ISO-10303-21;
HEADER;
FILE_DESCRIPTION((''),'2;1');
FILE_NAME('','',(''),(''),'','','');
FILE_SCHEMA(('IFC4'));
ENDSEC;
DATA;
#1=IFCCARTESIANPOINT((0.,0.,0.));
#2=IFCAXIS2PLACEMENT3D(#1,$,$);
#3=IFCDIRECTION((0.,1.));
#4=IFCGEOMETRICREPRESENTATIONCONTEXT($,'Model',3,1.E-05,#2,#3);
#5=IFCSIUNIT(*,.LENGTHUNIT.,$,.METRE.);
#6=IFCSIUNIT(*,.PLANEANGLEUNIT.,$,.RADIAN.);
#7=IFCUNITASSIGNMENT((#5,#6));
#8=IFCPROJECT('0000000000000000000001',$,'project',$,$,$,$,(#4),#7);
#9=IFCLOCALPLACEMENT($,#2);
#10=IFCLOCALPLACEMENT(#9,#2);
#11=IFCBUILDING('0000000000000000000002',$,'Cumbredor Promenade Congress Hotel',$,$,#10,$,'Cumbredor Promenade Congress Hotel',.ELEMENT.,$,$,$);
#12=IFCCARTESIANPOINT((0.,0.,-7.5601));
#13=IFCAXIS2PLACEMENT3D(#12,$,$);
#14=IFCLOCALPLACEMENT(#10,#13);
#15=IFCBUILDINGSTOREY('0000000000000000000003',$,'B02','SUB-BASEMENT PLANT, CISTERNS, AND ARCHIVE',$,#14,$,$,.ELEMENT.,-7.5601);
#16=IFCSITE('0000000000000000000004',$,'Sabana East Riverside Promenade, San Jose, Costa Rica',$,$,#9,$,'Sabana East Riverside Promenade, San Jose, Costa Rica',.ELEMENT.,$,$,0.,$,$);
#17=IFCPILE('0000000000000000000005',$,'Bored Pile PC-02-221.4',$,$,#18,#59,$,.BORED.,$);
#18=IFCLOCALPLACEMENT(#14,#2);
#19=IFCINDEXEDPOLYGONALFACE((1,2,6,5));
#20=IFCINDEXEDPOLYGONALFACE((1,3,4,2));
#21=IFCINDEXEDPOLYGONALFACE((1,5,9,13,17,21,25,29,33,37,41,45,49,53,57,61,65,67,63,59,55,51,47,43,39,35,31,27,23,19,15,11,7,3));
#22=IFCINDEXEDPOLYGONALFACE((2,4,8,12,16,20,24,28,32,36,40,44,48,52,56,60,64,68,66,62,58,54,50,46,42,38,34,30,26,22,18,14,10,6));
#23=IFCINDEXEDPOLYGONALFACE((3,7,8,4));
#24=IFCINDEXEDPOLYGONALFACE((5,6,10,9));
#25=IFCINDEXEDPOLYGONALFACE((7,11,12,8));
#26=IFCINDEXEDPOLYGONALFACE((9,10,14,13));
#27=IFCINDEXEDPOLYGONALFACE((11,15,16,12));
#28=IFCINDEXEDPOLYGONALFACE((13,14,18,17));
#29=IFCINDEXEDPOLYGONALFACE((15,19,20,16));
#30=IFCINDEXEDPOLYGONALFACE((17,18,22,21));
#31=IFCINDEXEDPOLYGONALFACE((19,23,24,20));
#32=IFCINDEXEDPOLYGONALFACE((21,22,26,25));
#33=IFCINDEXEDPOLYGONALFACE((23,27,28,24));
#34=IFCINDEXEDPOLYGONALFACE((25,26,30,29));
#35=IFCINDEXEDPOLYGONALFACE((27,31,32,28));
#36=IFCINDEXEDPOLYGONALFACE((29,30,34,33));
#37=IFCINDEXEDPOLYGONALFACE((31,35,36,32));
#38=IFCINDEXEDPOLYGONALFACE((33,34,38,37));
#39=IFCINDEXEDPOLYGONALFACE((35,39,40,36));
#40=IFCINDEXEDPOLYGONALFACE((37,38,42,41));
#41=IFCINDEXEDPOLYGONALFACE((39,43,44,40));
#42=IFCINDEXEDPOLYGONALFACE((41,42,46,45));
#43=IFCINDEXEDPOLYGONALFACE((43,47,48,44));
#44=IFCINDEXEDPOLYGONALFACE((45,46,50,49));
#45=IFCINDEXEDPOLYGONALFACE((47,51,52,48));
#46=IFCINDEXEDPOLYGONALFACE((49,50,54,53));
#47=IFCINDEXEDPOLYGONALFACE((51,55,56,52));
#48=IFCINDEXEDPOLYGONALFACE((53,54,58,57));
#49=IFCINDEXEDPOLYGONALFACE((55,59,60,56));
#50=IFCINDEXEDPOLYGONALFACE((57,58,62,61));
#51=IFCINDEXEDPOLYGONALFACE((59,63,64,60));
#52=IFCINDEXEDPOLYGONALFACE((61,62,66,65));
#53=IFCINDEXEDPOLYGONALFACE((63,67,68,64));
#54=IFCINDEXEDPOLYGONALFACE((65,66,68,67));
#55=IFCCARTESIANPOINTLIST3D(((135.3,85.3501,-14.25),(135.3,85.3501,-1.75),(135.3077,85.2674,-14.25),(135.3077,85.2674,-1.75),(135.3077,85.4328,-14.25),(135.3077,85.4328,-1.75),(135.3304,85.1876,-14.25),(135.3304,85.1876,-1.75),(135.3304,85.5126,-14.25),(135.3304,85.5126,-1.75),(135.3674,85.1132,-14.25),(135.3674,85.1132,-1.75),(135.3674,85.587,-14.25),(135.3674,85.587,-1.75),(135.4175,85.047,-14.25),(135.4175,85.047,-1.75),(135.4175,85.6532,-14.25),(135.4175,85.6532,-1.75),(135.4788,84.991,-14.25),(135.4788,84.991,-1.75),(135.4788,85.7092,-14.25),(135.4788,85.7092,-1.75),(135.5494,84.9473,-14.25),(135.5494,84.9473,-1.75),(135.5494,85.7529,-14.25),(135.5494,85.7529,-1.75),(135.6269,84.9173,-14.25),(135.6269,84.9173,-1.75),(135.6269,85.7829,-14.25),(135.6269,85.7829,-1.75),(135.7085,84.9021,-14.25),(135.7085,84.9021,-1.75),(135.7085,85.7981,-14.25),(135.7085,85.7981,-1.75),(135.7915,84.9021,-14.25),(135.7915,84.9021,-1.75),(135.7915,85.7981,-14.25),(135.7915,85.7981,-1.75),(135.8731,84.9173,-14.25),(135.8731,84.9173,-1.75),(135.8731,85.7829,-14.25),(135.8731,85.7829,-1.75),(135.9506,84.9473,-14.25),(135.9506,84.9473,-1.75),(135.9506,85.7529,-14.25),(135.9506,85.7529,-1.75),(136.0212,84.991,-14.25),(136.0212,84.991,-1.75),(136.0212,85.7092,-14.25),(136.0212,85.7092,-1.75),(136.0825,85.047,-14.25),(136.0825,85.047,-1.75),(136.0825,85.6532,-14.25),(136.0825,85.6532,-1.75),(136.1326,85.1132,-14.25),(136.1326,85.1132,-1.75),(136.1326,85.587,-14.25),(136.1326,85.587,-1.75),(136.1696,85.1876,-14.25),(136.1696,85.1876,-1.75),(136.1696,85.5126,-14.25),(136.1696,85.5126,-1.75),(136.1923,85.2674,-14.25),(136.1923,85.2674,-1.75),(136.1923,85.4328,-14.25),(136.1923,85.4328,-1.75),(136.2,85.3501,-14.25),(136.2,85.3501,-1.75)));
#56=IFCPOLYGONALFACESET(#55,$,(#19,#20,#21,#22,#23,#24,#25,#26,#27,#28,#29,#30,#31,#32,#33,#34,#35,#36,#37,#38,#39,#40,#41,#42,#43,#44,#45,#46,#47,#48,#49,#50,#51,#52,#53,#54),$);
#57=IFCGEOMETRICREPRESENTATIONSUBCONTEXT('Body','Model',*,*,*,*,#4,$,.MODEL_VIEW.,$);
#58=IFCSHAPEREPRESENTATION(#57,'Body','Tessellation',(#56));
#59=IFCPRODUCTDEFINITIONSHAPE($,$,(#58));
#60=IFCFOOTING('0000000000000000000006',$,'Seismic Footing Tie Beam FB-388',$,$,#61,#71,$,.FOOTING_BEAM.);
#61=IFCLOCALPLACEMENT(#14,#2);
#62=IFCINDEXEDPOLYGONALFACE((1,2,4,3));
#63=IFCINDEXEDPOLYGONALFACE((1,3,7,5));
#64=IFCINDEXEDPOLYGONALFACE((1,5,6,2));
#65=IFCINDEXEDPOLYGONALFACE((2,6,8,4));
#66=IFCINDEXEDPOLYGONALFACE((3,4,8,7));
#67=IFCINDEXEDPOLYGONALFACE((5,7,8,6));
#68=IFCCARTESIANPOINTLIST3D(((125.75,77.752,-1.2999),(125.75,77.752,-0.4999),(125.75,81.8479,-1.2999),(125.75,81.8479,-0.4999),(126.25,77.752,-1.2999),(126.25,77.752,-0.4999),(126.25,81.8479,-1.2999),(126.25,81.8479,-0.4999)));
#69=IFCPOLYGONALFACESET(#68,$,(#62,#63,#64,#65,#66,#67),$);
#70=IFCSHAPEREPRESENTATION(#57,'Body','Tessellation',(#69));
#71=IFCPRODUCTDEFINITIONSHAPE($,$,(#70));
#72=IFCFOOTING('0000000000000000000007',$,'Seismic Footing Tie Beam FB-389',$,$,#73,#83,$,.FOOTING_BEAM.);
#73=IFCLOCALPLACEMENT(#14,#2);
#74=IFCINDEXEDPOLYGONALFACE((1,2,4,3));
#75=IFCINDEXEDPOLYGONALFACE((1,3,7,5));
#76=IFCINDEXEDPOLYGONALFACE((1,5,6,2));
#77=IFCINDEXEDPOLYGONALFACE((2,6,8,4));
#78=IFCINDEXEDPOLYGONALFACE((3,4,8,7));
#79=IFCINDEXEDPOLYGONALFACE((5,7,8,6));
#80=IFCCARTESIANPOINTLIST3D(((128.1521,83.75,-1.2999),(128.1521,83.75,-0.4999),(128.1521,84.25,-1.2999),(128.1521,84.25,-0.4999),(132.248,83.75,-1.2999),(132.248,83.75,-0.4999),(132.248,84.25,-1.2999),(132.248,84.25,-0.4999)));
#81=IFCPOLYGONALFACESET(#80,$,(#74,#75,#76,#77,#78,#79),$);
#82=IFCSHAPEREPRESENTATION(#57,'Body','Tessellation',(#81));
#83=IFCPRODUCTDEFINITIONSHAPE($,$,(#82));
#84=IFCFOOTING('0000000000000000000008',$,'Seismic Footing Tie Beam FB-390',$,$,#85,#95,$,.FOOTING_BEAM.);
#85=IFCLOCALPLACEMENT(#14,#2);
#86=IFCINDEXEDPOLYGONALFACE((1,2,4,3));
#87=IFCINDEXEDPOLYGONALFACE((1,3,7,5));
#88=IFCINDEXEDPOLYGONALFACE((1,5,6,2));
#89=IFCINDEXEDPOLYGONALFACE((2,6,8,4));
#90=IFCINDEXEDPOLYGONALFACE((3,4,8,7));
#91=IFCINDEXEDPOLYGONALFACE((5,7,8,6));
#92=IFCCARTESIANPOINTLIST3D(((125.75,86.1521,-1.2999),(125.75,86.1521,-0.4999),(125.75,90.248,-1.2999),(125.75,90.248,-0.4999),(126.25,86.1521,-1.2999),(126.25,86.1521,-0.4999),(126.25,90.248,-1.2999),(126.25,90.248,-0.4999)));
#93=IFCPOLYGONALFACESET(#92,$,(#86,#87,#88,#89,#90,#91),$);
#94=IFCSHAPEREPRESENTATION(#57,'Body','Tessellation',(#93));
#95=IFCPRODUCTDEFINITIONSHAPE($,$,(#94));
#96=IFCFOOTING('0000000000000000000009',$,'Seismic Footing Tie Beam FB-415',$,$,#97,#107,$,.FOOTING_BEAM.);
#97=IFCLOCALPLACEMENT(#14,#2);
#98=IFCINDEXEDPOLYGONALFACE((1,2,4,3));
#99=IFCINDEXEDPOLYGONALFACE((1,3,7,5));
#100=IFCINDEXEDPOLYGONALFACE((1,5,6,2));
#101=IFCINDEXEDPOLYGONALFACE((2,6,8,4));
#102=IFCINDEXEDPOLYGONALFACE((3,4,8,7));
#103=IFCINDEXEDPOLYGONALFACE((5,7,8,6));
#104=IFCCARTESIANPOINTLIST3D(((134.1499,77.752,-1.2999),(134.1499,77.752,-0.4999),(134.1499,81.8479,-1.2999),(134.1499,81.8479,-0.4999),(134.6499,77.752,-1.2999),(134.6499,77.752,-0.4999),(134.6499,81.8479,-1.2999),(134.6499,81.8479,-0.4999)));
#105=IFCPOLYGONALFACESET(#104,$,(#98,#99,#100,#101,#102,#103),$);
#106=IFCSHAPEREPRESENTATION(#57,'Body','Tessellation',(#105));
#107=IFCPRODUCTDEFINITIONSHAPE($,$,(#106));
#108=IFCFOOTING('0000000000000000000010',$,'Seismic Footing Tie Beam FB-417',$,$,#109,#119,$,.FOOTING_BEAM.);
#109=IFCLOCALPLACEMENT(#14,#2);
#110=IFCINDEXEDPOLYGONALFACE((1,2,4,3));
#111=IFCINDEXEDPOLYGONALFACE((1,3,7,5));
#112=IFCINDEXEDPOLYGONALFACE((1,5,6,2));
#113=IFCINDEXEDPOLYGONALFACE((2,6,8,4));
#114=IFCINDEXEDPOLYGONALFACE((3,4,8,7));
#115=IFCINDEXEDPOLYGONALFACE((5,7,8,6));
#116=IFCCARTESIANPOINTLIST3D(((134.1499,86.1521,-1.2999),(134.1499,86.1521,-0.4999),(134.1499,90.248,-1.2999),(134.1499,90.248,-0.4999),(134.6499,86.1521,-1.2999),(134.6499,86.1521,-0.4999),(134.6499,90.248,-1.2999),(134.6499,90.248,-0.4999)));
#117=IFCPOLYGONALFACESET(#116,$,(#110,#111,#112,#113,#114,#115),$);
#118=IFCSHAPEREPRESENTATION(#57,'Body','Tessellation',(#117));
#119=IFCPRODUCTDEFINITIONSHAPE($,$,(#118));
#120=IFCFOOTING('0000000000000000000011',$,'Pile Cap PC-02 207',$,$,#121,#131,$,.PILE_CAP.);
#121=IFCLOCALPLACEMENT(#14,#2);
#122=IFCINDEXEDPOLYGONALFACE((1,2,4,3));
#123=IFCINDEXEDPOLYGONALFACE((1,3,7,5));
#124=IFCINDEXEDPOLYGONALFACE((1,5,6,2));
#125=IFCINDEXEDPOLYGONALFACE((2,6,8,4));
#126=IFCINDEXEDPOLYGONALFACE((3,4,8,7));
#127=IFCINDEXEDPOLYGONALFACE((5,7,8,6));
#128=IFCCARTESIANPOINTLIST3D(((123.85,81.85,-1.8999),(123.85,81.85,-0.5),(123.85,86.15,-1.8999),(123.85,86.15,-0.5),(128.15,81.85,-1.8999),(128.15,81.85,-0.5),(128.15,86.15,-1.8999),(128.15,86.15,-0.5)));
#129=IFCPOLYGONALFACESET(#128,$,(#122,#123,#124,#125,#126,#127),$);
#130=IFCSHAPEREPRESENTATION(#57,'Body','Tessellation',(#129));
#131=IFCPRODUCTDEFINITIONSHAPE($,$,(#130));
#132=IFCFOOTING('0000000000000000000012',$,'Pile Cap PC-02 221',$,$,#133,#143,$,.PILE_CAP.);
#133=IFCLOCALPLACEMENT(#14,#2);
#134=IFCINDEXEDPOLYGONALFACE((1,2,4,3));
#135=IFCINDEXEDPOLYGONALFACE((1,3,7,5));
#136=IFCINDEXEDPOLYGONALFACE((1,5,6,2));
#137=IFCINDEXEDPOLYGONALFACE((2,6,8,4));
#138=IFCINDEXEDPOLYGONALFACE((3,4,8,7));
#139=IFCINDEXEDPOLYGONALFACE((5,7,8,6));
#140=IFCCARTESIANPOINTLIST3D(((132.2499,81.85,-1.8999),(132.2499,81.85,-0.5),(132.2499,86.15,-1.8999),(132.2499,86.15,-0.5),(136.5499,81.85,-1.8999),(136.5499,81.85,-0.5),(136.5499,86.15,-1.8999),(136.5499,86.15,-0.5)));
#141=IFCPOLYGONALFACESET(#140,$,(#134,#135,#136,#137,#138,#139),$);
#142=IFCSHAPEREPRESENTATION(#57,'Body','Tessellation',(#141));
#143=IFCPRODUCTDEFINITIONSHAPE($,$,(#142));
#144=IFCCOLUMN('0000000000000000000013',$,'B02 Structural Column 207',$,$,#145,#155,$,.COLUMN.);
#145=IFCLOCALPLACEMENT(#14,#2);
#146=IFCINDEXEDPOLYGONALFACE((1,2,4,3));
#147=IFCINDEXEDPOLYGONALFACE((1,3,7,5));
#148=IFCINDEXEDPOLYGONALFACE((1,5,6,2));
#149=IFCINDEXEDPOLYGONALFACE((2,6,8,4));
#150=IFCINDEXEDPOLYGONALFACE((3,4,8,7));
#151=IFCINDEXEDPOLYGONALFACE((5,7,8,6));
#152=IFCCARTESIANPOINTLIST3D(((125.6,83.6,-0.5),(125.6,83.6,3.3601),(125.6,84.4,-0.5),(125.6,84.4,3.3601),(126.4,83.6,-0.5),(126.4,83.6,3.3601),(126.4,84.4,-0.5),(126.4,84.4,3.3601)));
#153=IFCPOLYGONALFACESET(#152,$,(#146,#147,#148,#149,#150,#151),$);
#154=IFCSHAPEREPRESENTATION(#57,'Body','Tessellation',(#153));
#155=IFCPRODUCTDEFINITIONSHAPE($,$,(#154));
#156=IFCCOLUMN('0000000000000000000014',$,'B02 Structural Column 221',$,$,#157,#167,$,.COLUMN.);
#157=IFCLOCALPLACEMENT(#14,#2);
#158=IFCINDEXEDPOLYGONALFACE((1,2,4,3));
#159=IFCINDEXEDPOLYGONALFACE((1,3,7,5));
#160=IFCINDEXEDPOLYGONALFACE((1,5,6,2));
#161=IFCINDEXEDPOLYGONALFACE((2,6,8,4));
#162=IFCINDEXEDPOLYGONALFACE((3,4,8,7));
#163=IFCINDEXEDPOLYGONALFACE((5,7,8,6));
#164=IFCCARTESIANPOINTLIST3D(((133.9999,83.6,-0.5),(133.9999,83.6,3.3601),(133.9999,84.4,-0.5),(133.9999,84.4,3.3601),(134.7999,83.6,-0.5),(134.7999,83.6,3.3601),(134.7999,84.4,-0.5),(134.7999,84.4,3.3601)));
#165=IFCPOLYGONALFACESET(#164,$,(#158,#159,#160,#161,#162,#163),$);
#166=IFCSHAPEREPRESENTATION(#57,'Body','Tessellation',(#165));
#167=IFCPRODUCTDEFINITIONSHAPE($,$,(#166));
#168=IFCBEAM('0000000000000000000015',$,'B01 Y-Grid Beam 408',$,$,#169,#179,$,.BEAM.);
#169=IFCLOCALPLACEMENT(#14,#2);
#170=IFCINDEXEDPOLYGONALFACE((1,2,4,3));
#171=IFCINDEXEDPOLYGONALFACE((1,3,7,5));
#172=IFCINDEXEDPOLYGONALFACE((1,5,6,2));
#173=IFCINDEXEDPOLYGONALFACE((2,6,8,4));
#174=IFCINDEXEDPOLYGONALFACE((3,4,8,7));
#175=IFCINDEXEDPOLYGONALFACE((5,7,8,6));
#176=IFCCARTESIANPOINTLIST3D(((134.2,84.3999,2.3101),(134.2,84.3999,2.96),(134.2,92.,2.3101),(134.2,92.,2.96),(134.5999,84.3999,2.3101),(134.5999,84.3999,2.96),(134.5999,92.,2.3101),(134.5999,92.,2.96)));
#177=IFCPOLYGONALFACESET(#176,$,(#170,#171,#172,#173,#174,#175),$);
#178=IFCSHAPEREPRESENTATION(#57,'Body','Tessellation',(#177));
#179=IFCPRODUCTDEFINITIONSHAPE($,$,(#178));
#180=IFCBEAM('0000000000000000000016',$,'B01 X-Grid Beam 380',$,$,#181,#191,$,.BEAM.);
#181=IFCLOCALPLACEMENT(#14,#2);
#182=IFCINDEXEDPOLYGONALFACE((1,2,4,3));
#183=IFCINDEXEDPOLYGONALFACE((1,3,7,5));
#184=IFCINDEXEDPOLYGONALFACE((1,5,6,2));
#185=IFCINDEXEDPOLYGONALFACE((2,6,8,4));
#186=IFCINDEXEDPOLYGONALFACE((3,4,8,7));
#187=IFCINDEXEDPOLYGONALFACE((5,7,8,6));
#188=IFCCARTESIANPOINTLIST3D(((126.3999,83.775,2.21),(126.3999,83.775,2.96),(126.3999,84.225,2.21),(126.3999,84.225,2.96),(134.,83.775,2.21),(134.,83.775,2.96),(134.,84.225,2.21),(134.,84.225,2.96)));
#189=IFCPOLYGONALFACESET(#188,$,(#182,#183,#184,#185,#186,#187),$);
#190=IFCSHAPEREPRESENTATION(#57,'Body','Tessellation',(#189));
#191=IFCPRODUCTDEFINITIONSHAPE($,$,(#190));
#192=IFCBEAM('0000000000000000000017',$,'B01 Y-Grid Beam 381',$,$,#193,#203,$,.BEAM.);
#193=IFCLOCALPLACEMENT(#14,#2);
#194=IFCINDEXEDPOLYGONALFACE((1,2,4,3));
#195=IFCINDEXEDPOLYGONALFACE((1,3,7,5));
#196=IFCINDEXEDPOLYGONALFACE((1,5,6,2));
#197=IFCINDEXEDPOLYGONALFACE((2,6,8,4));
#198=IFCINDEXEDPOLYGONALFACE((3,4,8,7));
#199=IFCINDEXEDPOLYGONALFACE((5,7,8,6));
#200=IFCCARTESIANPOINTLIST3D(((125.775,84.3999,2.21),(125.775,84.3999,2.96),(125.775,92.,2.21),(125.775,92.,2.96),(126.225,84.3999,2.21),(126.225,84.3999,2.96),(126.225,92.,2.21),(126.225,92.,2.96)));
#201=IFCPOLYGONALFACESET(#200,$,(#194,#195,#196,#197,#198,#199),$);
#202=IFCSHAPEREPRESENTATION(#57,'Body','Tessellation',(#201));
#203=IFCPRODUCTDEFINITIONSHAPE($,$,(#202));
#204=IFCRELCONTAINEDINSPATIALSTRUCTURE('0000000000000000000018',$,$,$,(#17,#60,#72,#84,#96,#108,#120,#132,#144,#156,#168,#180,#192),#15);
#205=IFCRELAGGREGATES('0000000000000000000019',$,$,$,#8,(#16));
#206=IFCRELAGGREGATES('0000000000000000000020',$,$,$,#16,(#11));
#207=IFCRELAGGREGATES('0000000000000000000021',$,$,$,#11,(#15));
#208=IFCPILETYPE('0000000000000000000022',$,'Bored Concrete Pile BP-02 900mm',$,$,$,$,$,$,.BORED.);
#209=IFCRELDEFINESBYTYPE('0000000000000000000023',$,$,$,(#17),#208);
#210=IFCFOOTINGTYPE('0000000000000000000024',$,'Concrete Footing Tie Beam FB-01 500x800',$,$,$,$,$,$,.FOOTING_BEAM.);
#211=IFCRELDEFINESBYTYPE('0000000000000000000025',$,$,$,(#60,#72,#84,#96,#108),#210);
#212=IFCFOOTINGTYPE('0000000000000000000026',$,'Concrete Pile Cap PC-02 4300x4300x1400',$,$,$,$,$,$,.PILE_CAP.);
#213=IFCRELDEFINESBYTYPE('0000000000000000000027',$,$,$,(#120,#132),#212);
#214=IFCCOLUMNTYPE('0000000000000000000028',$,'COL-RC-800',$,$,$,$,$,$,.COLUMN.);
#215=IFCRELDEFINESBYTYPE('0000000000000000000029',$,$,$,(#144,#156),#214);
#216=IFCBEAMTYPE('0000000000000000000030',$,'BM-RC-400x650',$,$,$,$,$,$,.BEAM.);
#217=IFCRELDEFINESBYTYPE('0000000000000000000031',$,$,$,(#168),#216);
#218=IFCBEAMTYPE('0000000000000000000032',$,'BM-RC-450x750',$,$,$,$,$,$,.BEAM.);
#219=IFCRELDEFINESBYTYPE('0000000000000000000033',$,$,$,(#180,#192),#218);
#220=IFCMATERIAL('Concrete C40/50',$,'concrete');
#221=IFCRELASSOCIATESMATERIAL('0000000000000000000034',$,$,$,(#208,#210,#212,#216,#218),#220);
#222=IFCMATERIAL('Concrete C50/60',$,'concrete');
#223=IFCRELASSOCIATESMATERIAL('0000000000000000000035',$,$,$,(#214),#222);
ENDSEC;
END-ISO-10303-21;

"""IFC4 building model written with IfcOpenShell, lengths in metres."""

from ifc_helpers import new_model, si_unit, direction, frame, origin, origin_2d, place, context, subcontext, project, spatial, rectangle, circle, extrude, material, material_profile, profile_set, type_object, element, save


model = new_model("IFC4")

# Units and contexts
model_context = context("Model", 3, precision=1e-05, world=origin(), true_north=direction((0.0, 1.0)))
body_context = subcontext(model_context, "Body", "Model", "MODEL_VIEW")
ifc_project = project(units=[si_unit("LENGTHUNIT", "METRE"), si_unit("PLANEANGLEUNIT", "RADIAN")], contexts=[model_context])

# Site, building, storey
site_placement = place(None, origin())
site = spatial("IfcSite", under=ifc_project, at=site_placement, Name="Sabana East Riverside Promenade, San Jose, Costa Rica", LongName="Sabana East Riverside Promenade, San Jose, Costa Rica", CompositionType="ELEMENT", RefElevation=0.0)
building_placement = place(site_placement, origin())
building = spatial("IfcBuilding", under=site, at=building_placement, Name="Cumbredor Promenade Congress Hotel", LongName="Cumbredor Promenade Congress Hotel", CompositionType="ELEMENT")
storey_placement = place(building_placement, frame((0.0, 0.0, -7.5601)))
storey = spatial("IfcBuildingStorey", under=building, at=storey_placement, Name="B02", Description="SUB-BASEMENT PLANT, CISTERNS, AND ARCHIVE", CompositionType="ELEMENT", Elevation=-7.5601)

# Pile
ifc_material_1 = material(Name="Concrete C40/50", Category="concrete")
ifc_material_profile_1 = material_profile(ifc_material_1, circle(Radius=0.45, at=origin_2d()), Name="PILE D900")
ifc_profile_set_1 = profile_set([ifc_material_profile_1], Name="Concrete C40/50")
pile_type = type_object("IfcPileType", Name="Bored Concrete Pile BP-02 900mm", PredefinedType="BORED", material=ifc_profile_set_1)
for number, where, z_axis, x_axis, name in (
    (1, (135.75, 85.3501, -1.75), (0.0, 0.0, -1.0), (1.0, 0.0, 0.0), "Bored Pile PC-02-221.4"),
):
    element("IfcPile", number, at=place(storey_placement, frame(where, z_axis=z_axis, x_axis=x_axis)), inside=storey, type_object=pile_type, Name=name, PredefinedType="BORED", context=body_context, shape_type="SweptSolid", body=[
        extrude(circle(Radius=0.45, at=origin_2d()), origin(), (0.0, 0.0, 1.0), 12.5),
    ])

# Footings
ifc_material_profile_2 = material_profile(ifc_material_1, rectangle(XDim=0.5, YDim=0.8, at=origin_2d()), Name="FB 500x800")
ifc_profile_set_2 = profile_set([ifc_material_profile_2], Name="Concrete C40/50")
footing_type_1 = type_object("IfcFootingType", Name="Concrete Footing Tie Beam FB-01 500x800", PredefinedType="FOOTING_BEAM", material=ifc_profile_set_2)
for number, where, z_axis, x_axis, name in (
    (2, (126.0, 77.752, -0.8999), (0.0, 1.0, 0.0), (-1.0, 0.0, 0.0), "Seismic Footing Tie Beam FB-388"),
    (3, (128.1521, 84.0, -0.8999), (1.0, 0.0, 0.0), (0.0, 1.0, 0.0), "Seismic Footing Tie Beam FB-389"),
    (4, (126.0, 86.1521, -0.8999), (0.0, 1.0, 0.0), (-1.0, 0.0, 0.0), "Seismic Footing Tie Beam FB-390"),
    (5, (134.3999, 77.752, -0.8999), (0.0, 1.0, 0.0), (-1.0, 0.0, 0.0), "Seismic Footing Tie Beam FB-415"),
    (6, (134.3999, 86.1521, -0.8999), (0.0, 1.0, 0.0), (-1.0, 0.0, 0.0), "Seismic Footing Tie Beam FB-417"),
):
    element("IfcFooting", number, at=place(storey_placement, frame(where, z_axis=z_axis, x_axis=x_axis)), inside=storey, type_object=footing_type_1, Name=name, PredefinedType="FOOTING_BEAM", context=body_context, shape_type="SweptSolid", body=[
        extrude(rectangle(XDim=0.5, YDim=0.8, at=origin_2d()), origin(), (0.0, 0.0, 1.0), 4.0959),
    ])
footing_type_2 = type_object("IfcFootingType", Name="Concrete Pile Cap PC-02 4300x4300x1400", PredefinedType="PILE_CAP", material=ifc_material_1)
for number, where, z_axis, x_axis, name in (
    (7, (126.0, 84.0, -1.8999), (0.0, 0.0, 1.0), (1.0, 0.0, 0.0), "Pile Cap PC-02 207"),
    (8, (134.3999, 84.0, -1.8999), (0.0, 0.0, 1.0), (1.0, 0.0, 0.0), "Pile Cap PC-02 221"),
):
    element("IfcFooting", number, at=place(storey_placement, frame(where, z_axis=z_axis, x_axis=x_axis)), inside=storey, type_object=footing_type_2, Name=name, PredefinedType="PILE_CAP", context=body_context, shape_type="SweptSolid", body=[
        extrude(rectangle(XDim=4.3, YDim=4.3, at=origin_2d()), origin(), (0.0, 0.0, 1.0), 1.3999),
    ])

# Columns
ifc_material_2 = material(Name="Concrete C50/60", Category="concrete")
ifc_material_profile_3 = material_profile(ifc_material_2, rectangle(XDim=0.8, YDim=0.8, at=origin_2d()), Name="RC 800x800")
ifc_profile_set_3 = profile_set([ifc_material_profile_3], Name="Concrete C50/60")
column_type = type_object("IfcColumnType", Name="COL-RC-800", PredefinedType="COLUMN", material=ifc_profile_set_3)
for number, where, z_axis, x_axis, name in (
    (9, (126.0, 84.0, -0.5), (0.0, 0.0, 1.0), (1.0, 0.0, 0.0), "B02 Structural Column 207"),
    (10, (134.3999, 84.0, -0.5), (0.0, 0.0, 1.0), (1.0, 0.0, 0.0), "B02 Structural Column 221"),
):
    element("IfcColumn", number, at=place(storey_placement, frame(where, z_axis=z_axis, x_axis=x_axis)), inside=storey, type_object=column_type, Name=name, PredefinedType="COLUMN", context=body_context, shape_type="SweptSolid", body=[
        extrude(rectangle(XDim=0.8, YDim=0.8, at=origin_2d()), origin(), (0.0, 0.0, 1.0), 3.8601),
    ])

# Beams
ifc_material_profile_4 = material_profile(ifc_material_1, rectangle(XDim=0.3999, YDim=0.6499, at=origin_2d()), Name="RC BEAM 400x650")
ifc_profile_set_4 = profile_set([ifc_material_profile_4], Name="Concrete C40/50")
beam_type_1 = type_object("IfcBeamType", Name="BM-RC-400x650", PredefinedType="BEAM", material=ifc_profile_set_4)
beam_1_placement = place(storey_placement, frame((134.3999, 84.3999, 2.635), z_axis=(0.0, 1.0, 0.0), x_axis=(-1.0, 0.0, 0.0)))
element("IfcBeam", 11, at=beam_1_placement, inside=storey, type_object=beam_type_1, Name="B01 Y-Grid Beam 408", PredefinedType="BEAM", context=body_context, shape_type="SweptSolid", body=[
    extrude(rectangle(XDim=0.3999, YDim=0.6499, at=origin_2d()), origin(), (0.0, 0.0, 1.0), 7.6001),
])
ifc_material_profile_5 = material_profile(ifc_material_1, rectangle(XDim=0.45, YDim=0.75, at=origin_2d()), Name="RC BEAM 450x750")
ifc_profile_set_5 = profile_set([ifc_material_profile_5], Name="Concrete C40/50")
beam_type_2 = type_object("IfcBeamType", Name="BM-RC-450x750", PredefinedType="BEAM", material=ifc_profile_set_5)
for number, where, z_axis, x_axis, name in (
    (12, (126.3999, 84.0, 2.585), (1.0, 0.0, 0.0), (0.0, 1.0, 0.0), "B01 X-Grid Beam 380"),
    (13, (126.0, 84.3999, 2.585), (0.0, 1.0, 0.0), (-1.0, 0.0, 0.0), "B01 Y-Grid Beam 381"),
):
    element("IfcBeam", number, at=place(storey_placement, frame(where, z_axis=z_axis, x_axis=x_axis)), inside=storey, type_object=beam_type_2, Name=name, PredefinedType="BEAM", context=body_context, shape_type="SweptSolid", body=[
        extrude(rectangle(XDim=0.45, YDim=0.75, at=origin_2d()), origin(), (0.0, 0.0, 1.0), 7.6001),
    ])

save(model, "model.ifc")
